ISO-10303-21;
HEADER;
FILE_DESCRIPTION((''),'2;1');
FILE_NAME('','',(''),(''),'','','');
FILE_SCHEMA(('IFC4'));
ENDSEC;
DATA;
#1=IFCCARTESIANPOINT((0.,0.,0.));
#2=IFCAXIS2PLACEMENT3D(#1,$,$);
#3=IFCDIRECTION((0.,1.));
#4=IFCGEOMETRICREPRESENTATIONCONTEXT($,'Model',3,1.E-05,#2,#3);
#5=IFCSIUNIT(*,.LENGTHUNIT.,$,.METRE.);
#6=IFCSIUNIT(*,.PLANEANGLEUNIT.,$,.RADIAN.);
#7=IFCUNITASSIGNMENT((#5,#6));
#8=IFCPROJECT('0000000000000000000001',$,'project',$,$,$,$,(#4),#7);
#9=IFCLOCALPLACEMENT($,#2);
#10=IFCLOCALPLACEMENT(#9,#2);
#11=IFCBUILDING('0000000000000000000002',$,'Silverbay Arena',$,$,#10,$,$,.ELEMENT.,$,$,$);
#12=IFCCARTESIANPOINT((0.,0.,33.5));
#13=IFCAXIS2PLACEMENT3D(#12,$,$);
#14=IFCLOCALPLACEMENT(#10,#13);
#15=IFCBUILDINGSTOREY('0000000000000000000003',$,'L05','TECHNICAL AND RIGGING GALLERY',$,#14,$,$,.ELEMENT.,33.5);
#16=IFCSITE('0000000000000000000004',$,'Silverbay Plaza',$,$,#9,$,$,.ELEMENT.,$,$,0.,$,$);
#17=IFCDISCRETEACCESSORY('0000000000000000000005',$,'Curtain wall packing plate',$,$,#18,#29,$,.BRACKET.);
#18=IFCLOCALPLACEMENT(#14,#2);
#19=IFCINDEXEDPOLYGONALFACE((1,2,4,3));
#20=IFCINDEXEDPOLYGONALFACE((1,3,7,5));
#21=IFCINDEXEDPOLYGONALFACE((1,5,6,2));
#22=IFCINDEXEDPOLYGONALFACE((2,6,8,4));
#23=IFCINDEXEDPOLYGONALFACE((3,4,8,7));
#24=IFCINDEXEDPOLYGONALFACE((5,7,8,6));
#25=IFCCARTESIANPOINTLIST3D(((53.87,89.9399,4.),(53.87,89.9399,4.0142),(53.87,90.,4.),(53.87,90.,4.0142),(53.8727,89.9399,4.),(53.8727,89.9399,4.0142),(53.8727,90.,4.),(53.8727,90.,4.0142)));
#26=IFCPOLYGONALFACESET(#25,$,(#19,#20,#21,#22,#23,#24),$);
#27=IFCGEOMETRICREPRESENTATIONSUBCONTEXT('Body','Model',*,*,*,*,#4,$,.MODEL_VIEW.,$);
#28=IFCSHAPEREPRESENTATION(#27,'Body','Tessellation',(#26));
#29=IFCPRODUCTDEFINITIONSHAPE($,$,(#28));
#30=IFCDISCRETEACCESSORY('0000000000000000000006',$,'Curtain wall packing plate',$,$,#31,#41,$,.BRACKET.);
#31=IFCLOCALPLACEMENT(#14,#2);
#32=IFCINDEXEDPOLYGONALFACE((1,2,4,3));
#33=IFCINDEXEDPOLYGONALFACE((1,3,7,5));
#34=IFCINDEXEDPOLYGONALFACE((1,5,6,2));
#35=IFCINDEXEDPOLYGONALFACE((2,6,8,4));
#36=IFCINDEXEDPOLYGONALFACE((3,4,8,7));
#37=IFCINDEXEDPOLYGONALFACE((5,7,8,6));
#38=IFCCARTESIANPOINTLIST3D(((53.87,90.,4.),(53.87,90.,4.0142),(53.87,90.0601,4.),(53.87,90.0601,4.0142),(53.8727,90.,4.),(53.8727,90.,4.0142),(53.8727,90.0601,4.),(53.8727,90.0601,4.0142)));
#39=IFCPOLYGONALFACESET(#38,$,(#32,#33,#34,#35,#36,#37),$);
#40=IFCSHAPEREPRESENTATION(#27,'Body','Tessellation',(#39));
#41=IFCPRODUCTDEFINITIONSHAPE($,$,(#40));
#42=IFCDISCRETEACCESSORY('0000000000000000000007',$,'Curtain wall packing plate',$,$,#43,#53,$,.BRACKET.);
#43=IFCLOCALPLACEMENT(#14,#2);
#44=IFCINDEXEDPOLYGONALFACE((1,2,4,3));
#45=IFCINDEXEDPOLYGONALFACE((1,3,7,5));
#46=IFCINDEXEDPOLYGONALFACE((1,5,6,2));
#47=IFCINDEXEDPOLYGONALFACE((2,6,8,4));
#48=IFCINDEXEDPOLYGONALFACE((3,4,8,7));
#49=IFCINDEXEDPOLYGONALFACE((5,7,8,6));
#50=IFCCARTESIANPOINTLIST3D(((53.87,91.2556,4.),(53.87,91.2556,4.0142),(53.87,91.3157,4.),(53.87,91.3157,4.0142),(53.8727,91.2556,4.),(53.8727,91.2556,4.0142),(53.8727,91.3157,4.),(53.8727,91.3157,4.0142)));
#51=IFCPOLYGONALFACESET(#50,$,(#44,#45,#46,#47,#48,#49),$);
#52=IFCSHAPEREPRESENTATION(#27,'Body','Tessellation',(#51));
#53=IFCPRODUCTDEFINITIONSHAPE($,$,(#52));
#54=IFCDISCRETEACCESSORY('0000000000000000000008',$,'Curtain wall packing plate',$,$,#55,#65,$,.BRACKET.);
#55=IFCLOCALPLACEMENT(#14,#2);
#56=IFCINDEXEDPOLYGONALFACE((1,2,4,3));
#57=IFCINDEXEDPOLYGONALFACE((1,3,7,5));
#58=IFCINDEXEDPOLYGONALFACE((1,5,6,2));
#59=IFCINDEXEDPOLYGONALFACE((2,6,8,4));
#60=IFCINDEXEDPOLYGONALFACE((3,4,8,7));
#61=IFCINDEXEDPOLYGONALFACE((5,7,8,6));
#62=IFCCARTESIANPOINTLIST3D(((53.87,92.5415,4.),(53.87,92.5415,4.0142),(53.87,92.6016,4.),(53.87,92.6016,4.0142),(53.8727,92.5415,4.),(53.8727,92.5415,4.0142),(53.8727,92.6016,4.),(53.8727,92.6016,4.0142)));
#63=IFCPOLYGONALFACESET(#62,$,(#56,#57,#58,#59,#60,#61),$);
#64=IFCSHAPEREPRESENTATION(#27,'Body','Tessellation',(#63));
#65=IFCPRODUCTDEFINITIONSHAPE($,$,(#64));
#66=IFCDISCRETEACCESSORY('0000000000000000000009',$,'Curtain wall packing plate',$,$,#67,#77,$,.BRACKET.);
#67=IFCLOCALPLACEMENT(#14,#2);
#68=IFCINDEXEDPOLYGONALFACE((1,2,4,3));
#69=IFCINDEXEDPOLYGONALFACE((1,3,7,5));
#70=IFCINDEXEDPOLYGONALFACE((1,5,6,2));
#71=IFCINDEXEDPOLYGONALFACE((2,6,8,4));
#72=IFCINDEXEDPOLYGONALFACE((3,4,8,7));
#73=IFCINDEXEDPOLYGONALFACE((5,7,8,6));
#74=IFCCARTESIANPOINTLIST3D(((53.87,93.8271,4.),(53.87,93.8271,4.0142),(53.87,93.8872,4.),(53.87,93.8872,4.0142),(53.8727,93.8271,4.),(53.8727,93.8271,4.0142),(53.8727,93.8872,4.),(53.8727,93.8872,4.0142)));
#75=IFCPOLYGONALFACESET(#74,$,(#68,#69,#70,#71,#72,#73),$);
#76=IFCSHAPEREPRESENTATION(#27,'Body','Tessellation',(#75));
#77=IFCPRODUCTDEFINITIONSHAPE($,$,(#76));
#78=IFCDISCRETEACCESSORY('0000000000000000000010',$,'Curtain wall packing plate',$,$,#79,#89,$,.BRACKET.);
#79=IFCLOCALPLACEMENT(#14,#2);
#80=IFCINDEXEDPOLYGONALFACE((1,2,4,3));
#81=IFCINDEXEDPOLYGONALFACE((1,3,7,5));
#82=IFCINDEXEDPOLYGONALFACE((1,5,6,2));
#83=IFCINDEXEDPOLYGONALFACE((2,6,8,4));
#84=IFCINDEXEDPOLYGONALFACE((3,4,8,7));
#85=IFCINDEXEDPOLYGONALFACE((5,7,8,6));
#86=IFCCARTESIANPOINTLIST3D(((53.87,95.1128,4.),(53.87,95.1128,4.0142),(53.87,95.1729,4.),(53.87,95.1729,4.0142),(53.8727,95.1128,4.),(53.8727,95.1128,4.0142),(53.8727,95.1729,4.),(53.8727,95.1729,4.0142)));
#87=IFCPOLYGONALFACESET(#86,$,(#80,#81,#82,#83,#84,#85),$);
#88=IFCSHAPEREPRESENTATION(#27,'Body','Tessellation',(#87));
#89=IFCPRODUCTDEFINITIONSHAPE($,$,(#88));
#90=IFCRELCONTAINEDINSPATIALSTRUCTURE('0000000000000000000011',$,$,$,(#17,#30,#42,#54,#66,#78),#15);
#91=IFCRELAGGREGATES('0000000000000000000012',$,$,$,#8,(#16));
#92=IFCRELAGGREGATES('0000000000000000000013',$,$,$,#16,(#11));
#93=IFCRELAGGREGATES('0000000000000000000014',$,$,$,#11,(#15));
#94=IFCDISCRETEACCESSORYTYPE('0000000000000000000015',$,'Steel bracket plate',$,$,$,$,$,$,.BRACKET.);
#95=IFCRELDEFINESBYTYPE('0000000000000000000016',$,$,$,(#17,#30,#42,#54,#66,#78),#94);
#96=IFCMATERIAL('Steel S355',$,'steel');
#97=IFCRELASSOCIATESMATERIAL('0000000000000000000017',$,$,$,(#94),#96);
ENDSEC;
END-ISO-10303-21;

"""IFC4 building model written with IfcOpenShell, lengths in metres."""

from ifc_helpers import new_model, si_unit, direction, frame, origin, origin_2d, place, context, subcontext, project, spatial, rectangle, extrude, material, type_object, element, save


model = new_model("IFC4")

# Units and contexts
model_context = context("Model", 3, precision=1e-05, world=origin(), true_north=direction((0.0, 1.0)))
body_context = subcontext(model_context, "Body", "Model", "MODEL_VIEW")
ifc_project = project(units=[si_unit("LENGTHUNIT", "METRE"), si_unit("PLANEANGLEUNIT", "RADIAN")], contexts=[model_context])

# Site, building, storey
site_placement = place(None, origin())
site = spatial("IfcSite", under=ifc_project, at=site_placement, Name="Silverbay Plaza", CompositionType="ELEMENT", RefElevation=0.0)
building_placement = place(site_placement, origin())
building = spatial("IfcBuilding", under=site, at=building_placement, Name="Silverbay Arena", CompositionType="ELEMENT")
storey_placement = place(building_placement, frame((0.0, 0.0, 33.5)))
storey = spatial("IfcBuildingStorey", under=building, at=storey_placement, Name="L05", Description="TECHNICAL AND RIGGING GALLERY", CompositionType="ELEMENT", Elevation=33.5)

# Discrete accessories
ifc_material_1 = material(Name="Steel S355", Category="steel")
discrete_accessory_type = type_object("IfcDiscreteAccessoryType", Name="Steel bracket plate", PredefinedType="BRACKET", material=ifc_material_1)
for number, where, z_axis, x_axis, name in (
    (1, (53.8713, 89.97, 4.0), (0.0, 0.0, 1.0), (1.0, 0.0, 0.0), "Curtain wall packing plate"),
    (2, (53.8713, 90.03, 4.0), (0.0, 0.0, 1.0), (1.0, 0.0, 0.0), "Curtain wall packing plate"),
    (3, (53.8713, 91.2856, 4.0), (0.0, 0.0, 1.0), (1.0, 0.0, 0.0), "Curtain wall packing plate"),
    (4, (53.8713, 92.5715, 4.0), (0.0, 0.0, 1.0), (1.0, 0.0, 0.0), "Curtain wall packing plate"),
    (5, (53.8713, 93.8572, 4.0), (0.0, 0.0, 1.0), (1.0, 0.0, 0.0), "Curtain wall packing plate"),
    (6, (53.8713, 95.1428, 4.0), (0.0, 0.0, 1.0), (1.0, 0.0, 0.0), "Curtain wall packing plate"),
):
    element("IfcDiscreteAccessory", number, at=place(storey_placement, frame(where, z_axis=z_axis, x_axis=x_axis)), inside=storey, type_object=discrete_accessory_type, Name=name, PredefinedType="BRACKET", context=body_context, shape_type="SweptSolid", body=[
        extrude(rectangle(XDim=0.0027, YDim=0.0601, at=origin_2d()), origin(), (0.0, 0.0, 1.0), 0.0142),
    ])

save(model, "model.ifc")
